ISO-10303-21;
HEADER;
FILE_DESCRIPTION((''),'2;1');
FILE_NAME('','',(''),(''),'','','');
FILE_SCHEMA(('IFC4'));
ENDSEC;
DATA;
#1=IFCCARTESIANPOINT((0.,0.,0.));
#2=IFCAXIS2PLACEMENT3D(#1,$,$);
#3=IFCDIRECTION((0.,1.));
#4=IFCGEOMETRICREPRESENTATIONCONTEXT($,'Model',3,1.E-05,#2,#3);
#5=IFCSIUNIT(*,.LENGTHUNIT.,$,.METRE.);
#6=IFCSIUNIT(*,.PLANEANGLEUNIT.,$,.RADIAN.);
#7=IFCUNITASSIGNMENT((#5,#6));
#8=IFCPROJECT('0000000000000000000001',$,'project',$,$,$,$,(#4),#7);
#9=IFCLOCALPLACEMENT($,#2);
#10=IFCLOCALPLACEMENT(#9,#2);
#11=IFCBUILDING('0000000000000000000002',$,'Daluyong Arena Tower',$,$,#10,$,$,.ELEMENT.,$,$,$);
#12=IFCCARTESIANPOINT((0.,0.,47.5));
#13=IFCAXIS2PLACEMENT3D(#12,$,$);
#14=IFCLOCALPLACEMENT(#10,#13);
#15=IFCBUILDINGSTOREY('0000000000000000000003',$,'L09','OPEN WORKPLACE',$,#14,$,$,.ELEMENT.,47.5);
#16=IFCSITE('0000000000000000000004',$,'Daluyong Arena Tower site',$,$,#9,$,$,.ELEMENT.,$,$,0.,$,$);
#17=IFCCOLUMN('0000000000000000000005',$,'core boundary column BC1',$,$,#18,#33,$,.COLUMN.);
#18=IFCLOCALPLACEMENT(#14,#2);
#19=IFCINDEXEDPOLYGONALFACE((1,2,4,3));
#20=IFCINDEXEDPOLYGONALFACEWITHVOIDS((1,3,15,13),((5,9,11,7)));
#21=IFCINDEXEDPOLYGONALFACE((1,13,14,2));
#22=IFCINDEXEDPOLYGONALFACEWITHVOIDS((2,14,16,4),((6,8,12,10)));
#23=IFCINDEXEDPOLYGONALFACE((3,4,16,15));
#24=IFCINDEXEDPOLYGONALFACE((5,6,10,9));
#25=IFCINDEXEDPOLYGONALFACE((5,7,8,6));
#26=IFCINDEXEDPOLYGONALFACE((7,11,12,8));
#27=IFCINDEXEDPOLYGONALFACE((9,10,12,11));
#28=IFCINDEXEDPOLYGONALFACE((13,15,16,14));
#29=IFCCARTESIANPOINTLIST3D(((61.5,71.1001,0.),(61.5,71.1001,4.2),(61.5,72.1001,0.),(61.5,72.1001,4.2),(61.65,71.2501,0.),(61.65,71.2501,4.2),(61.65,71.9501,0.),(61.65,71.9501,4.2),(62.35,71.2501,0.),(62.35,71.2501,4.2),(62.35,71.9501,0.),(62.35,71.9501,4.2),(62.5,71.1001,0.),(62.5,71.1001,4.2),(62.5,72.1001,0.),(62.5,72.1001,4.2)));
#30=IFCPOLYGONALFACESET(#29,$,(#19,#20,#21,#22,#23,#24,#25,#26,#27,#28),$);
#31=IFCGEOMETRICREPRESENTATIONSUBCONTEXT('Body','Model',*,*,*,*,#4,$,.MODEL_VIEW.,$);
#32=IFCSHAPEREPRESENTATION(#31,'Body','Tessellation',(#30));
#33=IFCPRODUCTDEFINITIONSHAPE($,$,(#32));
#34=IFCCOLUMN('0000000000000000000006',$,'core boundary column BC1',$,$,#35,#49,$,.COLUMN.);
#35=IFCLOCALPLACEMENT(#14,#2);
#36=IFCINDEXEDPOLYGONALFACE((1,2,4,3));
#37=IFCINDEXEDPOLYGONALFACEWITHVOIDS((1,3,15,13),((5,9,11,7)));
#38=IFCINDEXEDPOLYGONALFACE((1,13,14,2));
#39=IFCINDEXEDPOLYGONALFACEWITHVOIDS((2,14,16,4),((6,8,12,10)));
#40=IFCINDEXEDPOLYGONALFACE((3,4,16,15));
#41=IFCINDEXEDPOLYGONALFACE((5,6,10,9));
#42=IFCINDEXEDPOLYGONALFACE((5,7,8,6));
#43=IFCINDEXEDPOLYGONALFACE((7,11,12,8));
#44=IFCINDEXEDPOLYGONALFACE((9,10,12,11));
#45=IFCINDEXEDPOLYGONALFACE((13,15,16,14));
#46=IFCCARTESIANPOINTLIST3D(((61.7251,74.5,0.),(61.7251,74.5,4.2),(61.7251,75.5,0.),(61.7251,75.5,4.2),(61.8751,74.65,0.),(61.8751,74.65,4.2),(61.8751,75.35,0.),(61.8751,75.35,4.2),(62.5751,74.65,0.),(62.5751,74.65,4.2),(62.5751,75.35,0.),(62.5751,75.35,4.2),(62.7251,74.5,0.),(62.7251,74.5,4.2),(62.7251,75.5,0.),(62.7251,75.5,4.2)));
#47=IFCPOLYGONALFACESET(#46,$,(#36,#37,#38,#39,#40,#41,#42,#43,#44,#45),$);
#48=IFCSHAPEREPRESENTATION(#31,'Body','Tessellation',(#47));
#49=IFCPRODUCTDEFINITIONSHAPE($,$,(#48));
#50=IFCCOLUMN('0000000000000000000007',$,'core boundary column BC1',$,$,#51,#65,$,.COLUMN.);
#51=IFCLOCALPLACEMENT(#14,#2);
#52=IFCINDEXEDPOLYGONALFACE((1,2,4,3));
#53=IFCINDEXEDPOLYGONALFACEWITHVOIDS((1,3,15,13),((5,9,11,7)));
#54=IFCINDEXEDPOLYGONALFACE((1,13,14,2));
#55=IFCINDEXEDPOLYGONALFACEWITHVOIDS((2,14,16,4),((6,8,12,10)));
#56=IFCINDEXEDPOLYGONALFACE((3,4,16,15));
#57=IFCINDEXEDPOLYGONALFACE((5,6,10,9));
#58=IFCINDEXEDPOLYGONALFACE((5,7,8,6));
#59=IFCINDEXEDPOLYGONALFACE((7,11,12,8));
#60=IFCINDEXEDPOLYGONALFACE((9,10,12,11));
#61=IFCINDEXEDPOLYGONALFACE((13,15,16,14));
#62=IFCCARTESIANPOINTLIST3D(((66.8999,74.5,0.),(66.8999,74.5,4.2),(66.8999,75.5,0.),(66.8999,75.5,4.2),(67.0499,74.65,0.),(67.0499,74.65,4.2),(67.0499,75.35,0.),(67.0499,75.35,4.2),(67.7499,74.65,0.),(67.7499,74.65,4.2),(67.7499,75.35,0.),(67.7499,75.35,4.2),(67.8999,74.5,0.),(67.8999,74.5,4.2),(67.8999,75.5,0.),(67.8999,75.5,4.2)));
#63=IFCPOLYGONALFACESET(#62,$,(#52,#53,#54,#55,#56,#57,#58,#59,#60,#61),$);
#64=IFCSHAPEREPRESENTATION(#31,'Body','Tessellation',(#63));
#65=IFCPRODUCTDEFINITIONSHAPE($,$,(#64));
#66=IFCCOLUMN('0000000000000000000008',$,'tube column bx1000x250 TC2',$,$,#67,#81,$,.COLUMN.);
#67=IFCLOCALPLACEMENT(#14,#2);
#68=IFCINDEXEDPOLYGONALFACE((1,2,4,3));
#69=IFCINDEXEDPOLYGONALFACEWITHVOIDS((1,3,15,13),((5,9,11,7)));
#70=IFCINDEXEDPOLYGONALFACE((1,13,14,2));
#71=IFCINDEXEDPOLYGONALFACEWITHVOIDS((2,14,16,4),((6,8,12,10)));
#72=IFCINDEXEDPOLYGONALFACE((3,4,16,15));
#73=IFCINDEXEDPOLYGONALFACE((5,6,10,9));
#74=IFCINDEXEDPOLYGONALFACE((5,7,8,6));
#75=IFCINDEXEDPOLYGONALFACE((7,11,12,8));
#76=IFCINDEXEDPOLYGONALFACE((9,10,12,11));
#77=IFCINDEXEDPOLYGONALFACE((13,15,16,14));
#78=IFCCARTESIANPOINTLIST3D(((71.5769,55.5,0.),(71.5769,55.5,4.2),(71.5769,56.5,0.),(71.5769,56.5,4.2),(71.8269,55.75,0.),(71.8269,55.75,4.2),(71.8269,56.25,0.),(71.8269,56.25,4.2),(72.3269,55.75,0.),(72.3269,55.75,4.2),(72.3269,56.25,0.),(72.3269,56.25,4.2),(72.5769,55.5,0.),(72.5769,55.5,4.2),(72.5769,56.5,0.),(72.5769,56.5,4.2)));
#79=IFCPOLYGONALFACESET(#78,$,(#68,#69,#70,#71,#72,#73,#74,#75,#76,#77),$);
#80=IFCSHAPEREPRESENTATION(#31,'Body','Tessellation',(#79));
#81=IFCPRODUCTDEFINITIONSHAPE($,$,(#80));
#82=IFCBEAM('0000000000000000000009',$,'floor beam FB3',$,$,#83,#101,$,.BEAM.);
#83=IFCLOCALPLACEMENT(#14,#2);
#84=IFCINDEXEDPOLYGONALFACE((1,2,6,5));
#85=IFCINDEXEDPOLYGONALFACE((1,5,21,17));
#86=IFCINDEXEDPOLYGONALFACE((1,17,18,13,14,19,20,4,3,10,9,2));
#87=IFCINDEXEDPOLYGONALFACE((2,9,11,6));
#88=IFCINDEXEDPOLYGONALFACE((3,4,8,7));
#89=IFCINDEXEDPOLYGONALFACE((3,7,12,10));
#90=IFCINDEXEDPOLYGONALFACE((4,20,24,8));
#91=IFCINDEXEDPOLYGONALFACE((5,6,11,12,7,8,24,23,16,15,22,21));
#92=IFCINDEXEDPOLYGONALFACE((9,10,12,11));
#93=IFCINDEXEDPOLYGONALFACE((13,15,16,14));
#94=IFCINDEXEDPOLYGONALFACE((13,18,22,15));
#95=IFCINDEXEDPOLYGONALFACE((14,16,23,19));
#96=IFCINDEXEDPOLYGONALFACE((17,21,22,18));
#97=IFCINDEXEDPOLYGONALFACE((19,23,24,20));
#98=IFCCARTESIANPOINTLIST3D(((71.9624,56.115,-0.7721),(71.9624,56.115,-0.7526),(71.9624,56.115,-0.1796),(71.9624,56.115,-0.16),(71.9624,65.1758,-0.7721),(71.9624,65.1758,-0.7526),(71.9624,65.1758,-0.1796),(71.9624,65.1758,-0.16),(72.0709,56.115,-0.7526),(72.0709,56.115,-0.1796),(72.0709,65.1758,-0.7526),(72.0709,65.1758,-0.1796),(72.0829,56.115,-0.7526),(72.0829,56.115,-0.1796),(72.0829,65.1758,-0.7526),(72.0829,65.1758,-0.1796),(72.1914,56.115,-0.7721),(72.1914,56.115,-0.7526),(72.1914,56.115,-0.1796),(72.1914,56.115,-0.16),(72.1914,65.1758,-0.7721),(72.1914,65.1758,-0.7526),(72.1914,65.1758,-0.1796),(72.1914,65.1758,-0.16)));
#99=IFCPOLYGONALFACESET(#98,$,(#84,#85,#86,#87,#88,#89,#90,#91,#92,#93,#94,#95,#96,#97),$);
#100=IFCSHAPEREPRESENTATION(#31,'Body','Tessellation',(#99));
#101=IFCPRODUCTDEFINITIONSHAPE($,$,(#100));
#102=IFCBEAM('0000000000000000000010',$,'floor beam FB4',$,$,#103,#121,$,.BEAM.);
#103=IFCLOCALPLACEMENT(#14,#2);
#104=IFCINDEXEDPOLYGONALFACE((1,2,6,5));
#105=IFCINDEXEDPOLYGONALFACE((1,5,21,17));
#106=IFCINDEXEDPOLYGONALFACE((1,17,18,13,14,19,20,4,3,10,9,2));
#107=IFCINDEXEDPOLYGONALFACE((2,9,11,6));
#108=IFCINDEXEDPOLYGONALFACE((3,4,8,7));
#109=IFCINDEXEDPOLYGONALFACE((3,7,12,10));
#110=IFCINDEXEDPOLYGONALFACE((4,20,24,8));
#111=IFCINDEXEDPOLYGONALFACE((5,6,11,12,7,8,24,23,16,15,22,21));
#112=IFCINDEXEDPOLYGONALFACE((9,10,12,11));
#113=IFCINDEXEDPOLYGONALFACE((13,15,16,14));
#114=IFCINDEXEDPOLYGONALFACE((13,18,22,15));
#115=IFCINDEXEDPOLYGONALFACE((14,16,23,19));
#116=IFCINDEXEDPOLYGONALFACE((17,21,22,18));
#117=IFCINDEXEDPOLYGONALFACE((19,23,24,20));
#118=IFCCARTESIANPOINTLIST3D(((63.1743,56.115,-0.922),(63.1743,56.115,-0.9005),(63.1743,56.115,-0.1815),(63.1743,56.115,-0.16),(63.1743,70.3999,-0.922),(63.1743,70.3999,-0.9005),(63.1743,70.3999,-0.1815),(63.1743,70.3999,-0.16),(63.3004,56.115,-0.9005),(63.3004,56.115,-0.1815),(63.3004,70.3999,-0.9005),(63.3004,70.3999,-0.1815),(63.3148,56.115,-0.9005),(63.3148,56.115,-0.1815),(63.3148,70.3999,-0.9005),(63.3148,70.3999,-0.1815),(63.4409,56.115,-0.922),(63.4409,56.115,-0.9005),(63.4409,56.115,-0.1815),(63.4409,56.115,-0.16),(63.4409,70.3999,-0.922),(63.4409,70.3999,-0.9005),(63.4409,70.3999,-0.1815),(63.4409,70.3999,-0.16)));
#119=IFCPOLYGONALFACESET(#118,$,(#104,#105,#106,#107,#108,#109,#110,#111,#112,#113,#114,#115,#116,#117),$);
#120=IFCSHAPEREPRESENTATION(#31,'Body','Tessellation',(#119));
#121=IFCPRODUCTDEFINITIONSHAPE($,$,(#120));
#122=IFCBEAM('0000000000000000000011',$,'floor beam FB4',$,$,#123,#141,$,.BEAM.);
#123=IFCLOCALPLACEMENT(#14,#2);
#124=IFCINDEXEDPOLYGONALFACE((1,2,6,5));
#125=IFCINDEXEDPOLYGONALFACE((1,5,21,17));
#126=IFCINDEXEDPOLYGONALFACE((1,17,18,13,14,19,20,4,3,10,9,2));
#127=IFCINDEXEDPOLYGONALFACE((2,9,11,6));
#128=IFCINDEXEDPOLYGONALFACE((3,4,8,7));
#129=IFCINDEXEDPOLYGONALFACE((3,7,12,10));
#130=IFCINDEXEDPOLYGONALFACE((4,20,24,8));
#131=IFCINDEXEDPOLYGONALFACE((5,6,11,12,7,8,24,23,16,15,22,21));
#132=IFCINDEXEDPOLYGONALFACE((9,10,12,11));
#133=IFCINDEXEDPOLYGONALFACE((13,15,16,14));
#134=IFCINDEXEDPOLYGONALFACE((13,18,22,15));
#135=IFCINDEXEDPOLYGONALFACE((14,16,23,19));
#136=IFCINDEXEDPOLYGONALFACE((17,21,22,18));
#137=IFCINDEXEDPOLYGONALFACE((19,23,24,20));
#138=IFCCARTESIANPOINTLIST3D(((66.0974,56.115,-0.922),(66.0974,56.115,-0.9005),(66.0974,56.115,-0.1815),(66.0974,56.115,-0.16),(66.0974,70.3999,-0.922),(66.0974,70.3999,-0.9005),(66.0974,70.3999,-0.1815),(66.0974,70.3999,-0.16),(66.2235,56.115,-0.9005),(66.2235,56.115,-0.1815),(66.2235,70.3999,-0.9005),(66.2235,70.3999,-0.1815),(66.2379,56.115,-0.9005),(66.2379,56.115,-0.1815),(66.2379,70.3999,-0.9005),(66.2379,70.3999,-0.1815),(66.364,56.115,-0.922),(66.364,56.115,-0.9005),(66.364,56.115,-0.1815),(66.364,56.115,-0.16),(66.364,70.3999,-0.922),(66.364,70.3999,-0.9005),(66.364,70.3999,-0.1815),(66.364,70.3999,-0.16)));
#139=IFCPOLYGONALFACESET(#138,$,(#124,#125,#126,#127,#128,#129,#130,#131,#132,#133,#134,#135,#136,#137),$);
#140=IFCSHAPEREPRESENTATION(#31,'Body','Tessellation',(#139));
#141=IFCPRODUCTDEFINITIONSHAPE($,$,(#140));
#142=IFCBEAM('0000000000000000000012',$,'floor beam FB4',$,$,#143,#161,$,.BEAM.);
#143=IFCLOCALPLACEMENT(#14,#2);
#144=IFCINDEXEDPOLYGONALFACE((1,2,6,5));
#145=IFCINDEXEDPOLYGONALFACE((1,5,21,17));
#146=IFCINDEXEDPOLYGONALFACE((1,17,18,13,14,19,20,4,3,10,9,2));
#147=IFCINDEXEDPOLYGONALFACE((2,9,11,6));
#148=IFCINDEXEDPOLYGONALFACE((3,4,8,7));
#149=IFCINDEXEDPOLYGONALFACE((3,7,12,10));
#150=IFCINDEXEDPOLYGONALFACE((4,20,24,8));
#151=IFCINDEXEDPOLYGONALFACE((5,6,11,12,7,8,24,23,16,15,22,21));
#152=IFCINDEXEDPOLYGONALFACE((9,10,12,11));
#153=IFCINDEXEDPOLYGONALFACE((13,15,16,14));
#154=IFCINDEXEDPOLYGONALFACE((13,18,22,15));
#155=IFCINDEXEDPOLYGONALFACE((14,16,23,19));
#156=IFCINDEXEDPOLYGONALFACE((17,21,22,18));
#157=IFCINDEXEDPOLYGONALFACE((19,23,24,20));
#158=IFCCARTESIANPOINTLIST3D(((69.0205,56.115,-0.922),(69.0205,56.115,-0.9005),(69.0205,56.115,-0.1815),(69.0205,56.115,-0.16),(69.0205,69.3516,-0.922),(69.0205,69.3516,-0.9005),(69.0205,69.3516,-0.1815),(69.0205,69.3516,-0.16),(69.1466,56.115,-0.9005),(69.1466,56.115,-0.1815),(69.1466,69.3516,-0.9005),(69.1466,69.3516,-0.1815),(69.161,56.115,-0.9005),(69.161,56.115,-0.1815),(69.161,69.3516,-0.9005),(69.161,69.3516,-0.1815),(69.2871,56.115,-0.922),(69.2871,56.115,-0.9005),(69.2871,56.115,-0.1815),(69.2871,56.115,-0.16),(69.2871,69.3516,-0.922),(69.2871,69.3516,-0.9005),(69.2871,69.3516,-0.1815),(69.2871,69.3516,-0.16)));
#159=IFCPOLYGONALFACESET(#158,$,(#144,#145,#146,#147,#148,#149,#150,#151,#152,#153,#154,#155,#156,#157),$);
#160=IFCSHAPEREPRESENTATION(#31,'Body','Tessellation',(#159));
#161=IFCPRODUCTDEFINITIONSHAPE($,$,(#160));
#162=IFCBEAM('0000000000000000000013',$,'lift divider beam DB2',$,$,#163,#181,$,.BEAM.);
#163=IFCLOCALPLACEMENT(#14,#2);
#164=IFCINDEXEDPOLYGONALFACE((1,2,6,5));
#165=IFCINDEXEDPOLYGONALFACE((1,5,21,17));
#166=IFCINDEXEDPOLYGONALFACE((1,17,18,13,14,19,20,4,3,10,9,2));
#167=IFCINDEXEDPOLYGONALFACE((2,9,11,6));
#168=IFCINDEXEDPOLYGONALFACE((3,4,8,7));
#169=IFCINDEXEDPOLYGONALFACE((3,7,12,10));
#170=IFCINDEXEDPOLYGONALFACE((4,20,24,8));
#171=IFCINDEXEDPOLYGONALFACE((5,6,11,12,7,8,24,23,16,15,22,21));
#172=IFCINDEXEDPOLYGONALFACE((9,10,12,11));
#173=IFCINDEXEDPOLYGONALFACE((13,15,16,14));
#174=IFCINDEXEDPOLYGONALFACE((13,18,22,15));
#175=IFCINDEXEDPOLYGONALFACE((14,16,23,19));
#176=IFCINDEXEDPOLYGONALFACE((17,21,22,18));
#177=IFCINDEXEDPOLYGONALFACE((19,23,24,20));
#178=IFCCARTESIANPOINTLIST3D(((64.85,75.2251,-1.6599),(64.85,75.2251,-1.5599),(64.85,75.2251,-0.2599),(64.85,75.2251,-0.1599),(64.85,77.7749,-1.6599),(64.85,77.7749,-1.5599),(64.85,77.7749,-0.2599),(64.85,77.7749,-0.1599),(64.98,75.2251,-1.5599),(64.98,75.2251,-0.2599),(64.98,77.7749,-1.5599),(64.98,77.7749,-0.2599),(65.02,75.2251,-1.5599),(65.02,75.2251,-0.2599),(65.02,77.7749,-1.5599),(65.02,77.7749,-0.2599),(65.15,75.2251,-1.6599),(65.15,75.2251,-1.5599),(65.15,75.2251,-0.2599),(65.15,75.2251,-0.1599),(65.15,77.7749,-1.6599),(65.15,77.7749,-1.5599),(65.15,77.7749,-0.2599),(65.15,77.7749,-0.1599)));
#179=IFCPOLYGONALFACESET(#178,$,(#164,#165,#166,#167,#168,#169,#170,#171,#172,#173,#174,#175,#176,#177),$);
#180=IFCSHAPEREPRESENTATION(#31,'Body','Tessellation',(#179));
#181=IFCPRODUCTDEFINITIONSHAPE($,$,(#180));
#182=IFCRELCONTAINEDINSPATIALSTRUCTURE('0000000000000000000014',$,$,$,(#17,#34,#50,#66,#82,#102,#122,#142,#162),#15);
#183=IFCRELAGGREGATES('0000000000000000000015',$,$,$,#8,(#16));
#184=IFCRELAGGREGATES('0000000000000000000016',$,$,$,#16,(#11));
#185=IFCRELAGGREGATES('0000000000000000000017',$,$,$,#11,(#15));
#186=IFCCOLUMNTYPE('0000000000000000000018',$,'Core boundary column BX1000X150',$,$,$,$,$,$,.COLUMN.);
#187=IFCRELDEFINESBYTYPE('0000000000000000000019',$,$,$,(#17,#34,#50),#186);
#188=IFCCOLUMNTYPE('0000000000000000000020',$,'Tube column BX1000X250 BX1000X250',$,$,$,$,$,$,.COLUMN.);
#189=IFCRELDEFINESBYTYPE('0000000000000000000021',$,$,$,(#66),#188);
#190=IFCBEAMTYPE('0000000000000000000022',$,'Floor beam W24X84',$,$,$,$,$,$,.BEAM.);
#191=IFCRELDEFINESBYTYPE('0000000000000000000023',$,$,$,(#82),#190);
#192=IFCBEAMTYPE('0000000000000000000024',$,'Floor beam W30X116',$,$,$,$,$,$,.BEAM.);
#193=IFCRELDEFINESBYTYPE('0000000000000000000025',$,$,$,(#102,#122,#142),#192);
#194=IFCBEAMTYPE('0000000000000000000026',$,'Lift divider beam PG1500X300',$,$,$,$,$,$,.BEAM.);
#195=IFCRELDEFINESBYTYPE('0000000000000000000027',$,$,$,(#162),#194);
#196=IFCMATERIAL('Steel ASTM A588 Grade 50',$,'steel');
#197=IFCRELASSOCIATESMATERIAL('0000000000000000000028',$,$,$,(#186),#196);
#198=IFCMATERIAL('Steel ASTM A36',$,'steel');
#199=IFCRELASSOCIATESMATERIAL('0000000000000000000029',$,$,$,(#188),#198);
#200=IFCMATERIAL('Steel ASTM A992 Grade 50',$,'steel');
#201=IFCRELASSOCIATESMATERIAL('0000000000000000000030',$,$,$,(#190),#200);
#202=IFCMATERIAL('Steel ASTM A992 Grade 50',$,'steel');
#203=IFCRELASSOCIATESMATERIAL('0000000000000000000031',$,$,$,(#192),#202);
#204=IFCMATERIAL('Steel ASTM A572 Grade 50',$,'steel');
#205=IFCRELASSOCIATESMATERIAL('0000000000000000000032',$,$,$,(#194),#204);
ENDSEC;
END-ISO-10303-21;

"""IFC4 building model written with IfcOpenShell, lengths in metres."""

from ifc_helpers import new_model, si_unit, direction, frame, origin, origin_2d, place, context, subcontext, project, spatial, hollow_rectangle, i_section, extrude, material, material_profile, profile_set, type_object, element, save


model = new_model("IFC4")

# Units and contexts
model_context = context("Model", 3, precision=1e-05, world=origin(), true_north=direction((0.0, 1.0)))
body_context = subcontext(model_context, "Body", "Model", "MODEL_VIEW")
ifc_project = project(units=[si_unit("LENGTHUNIT", "METRE"), si_unit("PLANEANGLEUNIT", "RADIAN")], contexts=[model_context])

# Site, building, storey
site_placement = place(None, origin())
site = spatial("IfcSite", under=ifc_project, at=site_placement, Name="Daluyong Arena Tower site", CompositionType="ELEMENT", RefElevation=0.0)
building_placement = place(site_placement, origin())
building = spatial("IfcBuilding", under=site, at=building_placement, Name="Daluyong Arena Tower", CompositionType="ELEMENT")
storey_placement = place(building_placement, frame((0.0, 0.0, 47.5)))
storey = spatial("IfcBuildingStorey", under=building, at=storey_placement, Name="L09", Description="OPEN WORKPLACE", CompositionType="ELEMENT", Elevation=47.5)

# Columns
ifc_material_1 = material(Name="Steel ASTM A588 Grade 50", Category="steel")
ifc_material_profile_1 = material_profile(ifc_material_1, hollow_rectangle(XDim=1.0, YDim=1.0, WallThickness=0.15, at=origin_2d()))
ifc_profile_set_1 = profile_set([ifc_material_profile_1], Name="Steel ASTM A588 Grade 50")
column_type_1 = type_object("IfcColumnType", Name="Core boundary column BX1000X150", PredefinedType="COLUMN", material=ifc_profile_set_1)
for number, where, z_axis, x_axis, name in (
    (1, (62.0, 71.6001, 0.0), (0.0, 0.0, 1.0), (1.0, 0.0, 0.0), "core boundary column BC1"),
    (2, (62.2251, 75.0, 0.0), (0.0, 0.0, 1.0), (1.0, 0.0, 0.0), "core boundary column BC1"),
    (3, (67.3999, 75.0, 0.0), (0.0, 0.0, 1.0), (1.0, 0.0, 0.0), "core boundary column BC1"),
):
    element("IfcColumn", number, at=place(storey_placement, frame(where, z_axis=z_axis, x_axis=x_axis)), inside=storey, type_object=column_type_1, Name=name, PredefinedType="COLUMN", context=body_context, shape_type="SweptSolid", body=[
        extrude(hollow_rectangle(XDim=1.0, YDim=1.0, WallThickness=0.15, at=origin_2d()), origin(), (0.0, 0.0, 1.0), 4.2),
    ])
ifc_material_2 = material(Name="Steel ASTM A36", Category="steel")
ifc_material_profile_2 = material_profile(ifc_material_2, hollow_rectangle(XDim=1.0, YDim=1.0, WallThickness=0.25, at=origin_2d()))
ifc_profile_set_2 = profile_set([ifc_material_profile_2], Name="Steel ASTM A36")
column_type_2 = type_object("IfcColumnType", Name="Tube column BX1000X250 BX1000X250", PredefinedType="COLUMN", material=ifc_profile_set_2)
column_placement = place(storey_placement, frame((72.0769, 56.0, 0.0), z_axis=(0.0, 0.0, 1.0), x_axis=(1.0, 0.0, 0.0)))
element("IfcColumn", 4, at=column_placement, inside=storey, type_object=column_type_2, Name="tube column bx1000x250 TC2", PredefinedType="COLUMN", context=body_context, shape_type="SweptSolid", body=[
    extrude(hollow_rectangle(XDim=1.0, YDim=1.0, WallThickness=0.25, at=origin_2d()), origin(), (0.0, 0.0, 1.0), 4.2),
])

# Beams
ifc_material_3 = material(Name="Steel ASTM A992 Grade 50", Category="steel")
ifc_material_profile_3 = material_profile(ifc_material_3, i_section(OverallWidth=0.229, OverallDepth=0.6121, WebThickness=0.012, FlangeThickness=0.0195, at=origin_2d()))
ifc_profile_set_3 = profile_set([ifc_material_profile_3], Name="Steel ASTM A992 Grade 50")
beam_type_1 = type_object("IfcBeamType", Name="Floor beam W24X84", PredefinedType="BEAM", material=ifc_profile_set_3)
beam_1_placement = place(storey_placement, frame((72.0769, 56.115, -0.4661), z_axis=(0.0, 1.0, 0.0), x_axis=(-1.0, 0.0, 0.0)))
element("IfcBeam", 5, at=beam_1_placement, inside=storey, type_object=beam_type_1, Name="floor beam FB3", PredefinedType="BEAM", context=body_context, shape_type="SweptSolid", body=[
    extrude(i_section(OverallWidth=0.229, OverallDepth=0.6121, WebThickness=0.012, FlangeThickness=0.0195, at=origin_2d()), origin(), (0.0, 0.0, 1.0), 9.0608),
])
ifc_material_4 = material(Name="Steel ASTM A992 Grade 50", Category="steel")
ifc_material_profile_4 = material_profile(ifc_material_4, i_section(OverallWidth=0.2666, OverallDepth=0.762, WebThickness=0.0144, FlangeThickness=0.0215, at=origin_2d()))
ifc_profile_set_4 = profile_set([ifc_material_profile_4], Name="Steel ASTM A992 Grade 50")
beam_type_2 = type_object("IfcBeamType", Name="Floor beam W30X116", PredefinedType="BEAM", material=ifc_profile_set_4)
for number, where, z_axis, x_axis, name in (
    (6, (63.3076, 56.115, -0.541), (0.0, 1.0, 0.0), (-1.0, 0.0, 0.0), "floor beam FB4"),
    (7, (66.2307, 56.115, -0.541), (0.0, 1.0, 0.0), (-1.0, 0.0, 0.0), "floor beam FB4"),
):
    element("IfcBeam", number, at=place(storey_placement, frame(where, z_axis=z_axis, x_axis=x_axis)), inside=storey, type_object=beam_type_2, Name=name, PredefinedType="BEAM", context=body_context, shape_type="SweptSolid", body=[
        extrude(i_section(OverallWidth=0.2666, OverallDepth=0.762, WebThickness=0.0144, FlangeThickness=0.0215, at=origin_2d()), origin(), (0.0, 0.0, 1.0), 14.2849),
    ])
beam_2_placement = place(storey_placement, frame((69.1538, 56.115, -0.541), z_axis=(0.0, 1.0, 0.0), x_axis=(-1.0, 0.0, 0.0)))
element("IfcBeam", 8, at=beam_2_placement, inside=storey, type_object=beam_type_2, Name="floor beam FB4", PredefinedType="BEAM", context=body_context, shape_type="SweptSolid", body=[
    extrude(i_section(OverallWidth=0.2666, OverallDepth=0.762, WebThickness=0.0144, FlangeThickness=0.0215, at=origin_2d()), origin(), (0.0, 0.0, 1.0), 13.2366),
])
ifc_material_5 = material(Name="Steel ASTM A572 Grade 50", Category="steel")
ifc_material_profile_5 = material_profile(ifc_material_5, i_section(OverallWidth=0.3, OverallDepth=1.5, WebThickness=0.04, FlangeThickness=0.1, at=origin_2d()))
ifc_profile_set_5 = profile_set([ifc_material_profile_5], Name="Steel ASTM A572 Grade 50")
beam_type_3 = type_object("IfcBeamType", Name="Lift divider beam PG1500X300", PredefinedType="BEAM", material=ifc_profile_set_5)
beam_3_placement = place(storey_placement, frame((65.0, 75.2251, -0.9099), z_axis=(0.0, 1.0, 0.0), x_axis=(-1.0, 0.0, 0.0)))
element("IfcBeam", 9, at=beam_3_placement, inside=storey, type_object=beam_type_3, Name="lift divider beam DB2", PredefinedType="BEAM", context=body_context, shape_type="SweptSolid", body=[
    extrude(i_section(OverallWidth=0.3, OverallDepth=1.5, WebThickness=0.04, FlangeThickness=0.1, at=origin_2d()), origin(), (0.0, 0.0, 1.0), 2.5498),
])

save(model, "model.ifc")
